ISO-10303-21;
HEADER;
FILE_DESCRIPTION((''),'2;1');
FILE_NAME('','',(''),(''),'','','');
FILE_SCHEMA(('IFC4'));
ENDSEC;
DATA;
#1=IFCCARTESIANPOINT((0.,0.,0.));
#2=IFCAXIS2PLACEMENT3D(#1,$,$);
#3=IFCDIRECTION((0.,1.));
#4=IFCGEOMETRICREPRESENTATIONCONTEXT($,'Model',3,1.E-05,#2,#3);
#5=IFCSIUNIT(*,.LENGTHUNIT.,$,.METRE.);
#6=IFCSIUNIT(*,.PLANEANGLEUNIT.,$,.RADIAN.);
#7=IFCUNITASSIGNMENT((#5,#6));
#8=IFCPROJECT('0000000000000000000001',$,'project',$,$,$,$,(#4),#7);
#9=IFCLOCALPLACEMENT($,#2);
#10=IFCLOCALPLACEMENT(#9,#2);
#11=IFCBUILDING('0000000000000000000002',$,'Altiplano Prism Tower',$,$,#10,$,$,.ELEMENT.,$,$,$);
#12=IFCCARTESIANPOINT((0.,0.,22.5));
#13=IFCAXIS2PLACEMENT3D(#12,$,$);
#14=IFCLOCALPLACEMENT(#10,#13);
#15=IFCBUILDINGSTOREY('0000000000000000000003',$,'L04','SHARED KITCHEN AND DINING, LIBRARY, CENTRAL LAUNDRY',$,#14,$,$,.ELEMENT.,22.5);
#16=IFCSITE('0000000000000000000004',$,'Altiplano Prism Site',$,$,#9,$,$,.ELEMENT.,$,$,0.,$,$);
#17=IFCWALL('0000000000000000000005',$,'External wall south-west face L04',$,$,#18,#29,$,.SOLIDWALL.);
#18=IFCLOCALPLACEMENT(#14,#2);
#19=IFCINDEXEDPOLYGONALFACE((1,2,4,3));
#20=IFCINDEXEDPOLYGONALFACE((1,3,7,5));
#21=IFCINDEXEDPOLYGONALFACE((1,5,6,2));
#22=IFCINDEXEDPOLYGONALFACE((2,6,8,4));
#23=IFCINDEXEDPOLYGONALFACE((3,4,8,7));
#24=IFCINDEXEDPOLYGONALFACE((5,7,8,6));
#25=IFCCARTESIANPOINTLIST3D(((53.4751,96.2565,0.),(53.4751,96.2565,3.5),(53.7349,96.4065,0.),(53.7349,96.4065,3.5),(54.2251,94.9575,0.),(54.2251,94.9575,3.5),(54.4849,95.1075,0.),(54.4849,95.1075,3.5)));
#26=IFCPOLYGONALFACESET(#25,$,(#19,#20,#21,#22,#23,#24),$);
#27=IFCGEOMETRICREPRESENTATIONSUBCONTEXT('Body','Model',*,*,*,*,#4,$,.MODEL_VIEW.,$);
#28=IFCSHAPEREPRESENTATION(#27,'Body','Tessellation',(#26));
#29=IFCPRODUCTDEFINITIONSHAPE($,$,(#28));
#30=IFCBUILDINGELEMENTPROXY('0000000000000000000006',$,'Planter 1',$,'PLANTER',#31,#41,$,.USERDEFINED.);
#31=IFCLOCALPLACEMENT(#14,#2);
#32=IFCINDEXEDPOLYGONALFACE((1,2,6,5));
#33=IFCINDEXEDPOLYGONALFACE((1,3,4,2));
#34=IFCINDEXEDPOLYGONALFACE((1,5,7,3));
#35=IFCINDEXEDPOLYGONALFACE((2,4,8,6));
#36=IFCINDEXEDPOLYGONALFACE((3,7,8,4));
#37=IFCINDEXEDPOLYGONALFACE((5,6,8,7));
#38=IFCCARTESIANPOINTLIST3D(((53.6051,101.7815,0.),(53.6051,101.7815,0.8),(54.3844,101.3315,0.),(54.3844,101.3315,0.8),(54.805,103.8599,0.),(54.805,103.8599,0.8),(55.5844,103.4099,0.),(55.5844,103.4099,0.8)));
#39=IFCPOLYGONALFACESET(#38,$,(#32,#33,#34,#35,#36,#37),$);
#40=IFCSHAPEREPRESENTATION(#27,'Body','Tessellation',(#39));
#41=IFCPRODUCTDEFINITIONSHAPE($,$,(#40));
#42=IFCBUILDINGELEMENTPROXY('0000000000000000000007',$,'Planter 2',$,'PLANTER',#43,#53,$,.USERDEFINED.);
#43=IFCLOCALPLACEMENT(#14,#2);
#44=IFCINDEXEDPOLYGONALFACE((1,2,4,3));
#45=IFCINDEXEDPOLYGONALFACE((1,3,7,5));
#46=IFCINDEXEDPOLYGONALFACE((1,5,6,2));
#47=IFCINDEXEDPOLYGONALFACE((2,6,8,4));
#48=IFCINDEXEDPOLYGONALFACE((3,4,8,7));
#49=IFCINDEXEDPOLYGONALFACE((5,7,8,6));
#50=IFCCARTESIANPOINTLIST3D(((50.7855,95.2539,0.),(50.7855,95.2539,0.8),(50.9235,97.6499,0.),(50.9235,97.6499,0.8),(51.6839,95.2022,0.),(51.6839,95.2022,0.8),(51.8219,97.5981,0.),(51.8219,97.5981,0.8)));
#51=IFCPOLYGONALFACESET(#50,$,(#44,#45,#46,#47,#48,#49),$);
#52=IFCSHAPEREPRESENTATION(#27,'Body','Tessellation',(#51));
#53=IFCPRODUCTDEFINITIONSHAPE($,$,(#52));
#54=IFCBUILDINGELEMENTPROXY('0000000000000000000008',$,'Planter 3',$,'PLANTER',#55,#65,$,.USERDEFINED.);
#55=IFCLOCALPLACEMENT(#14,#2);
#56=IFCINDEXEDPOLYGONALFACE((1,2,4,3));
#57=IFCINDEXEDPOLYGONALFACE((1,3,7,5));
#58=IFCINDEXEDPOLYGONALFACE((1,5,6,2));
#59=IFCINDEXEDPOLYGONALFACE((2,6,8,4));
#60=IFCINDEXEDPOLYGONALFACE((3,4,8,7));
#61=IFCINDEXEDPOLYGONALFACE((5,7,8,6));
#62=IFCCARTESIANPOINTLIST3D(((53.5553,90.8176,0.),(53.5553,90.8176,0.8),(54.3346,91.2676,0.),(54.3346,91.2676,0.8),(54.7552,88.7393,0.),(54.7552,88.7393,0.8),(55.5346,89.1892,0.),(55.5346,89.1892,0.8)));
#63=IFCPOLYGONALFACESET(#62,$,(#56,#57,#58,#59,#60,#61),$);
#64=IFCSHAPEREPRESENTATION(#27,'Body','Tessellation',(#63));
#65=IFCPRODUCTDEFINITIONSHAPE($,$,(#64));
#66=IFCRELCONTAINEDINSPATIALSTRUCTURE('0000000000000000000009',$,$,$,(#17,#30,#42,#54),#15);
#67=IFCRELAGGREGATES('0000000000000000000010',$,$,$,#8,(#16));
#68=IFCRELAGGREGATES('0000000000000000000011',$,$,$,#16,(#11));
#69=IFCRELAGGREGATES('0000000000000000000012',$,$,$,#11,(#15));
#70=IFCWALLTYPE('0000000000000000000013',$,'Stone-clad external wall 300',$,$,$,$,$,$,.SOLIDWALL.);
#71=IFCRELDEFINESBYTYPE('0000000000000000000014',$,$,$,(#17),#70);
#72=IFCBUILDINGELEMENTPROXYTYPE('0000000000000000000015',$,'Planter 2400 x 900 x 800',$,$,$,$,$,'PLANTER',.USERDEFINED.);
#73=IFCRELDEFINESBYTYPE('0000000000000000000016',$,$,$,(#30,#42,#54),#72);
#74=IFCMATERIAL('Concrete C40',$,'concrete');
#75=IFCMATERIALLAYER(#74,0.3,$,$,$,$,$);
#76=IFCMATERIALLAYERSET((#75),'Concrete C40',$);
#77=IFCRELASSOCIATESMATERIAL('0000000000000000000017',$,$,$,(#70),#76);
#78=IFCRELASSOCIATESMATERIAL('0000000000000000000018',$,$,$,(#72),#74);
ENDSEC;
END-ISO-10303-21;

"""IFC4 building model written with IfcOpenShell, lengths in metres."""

from ifc_helpers import new_model, si_unit, direction, frame, frame_2d, origin, origin_2d, place, context, subcontext, project, spatial, rectangle, extrude, material, layer, layer_set, type_object, element, save


model = new_model("IFC4")

# Units and contexts
model_context = context("Model", 3, precision=1e-05, world=origin(), true_north=direction((0.0, 1.0)))
body_context = subcontext(model_context, "Body", "Model", "MODEL_VIEW")
ifc_project = project(units=[si_unit("LENGTHUNIT", "METRE"), si_unit("PLANEANGLEUNIT", "RADIAN")], contexts=[model_context])

# Site, building, storey
site_placement = place(None, origin())
site = spatial("IfcSite", under=ifc_project, at=site_placement, Name="Altiplano Prism Site", CompositionType="ELEMENT", RefElevation=0.0)
building_placement = place(site_placement, origin())
building = spatial("IfcBuilding", under=site, at=building_placement, Name="Altiplano Prism Tower", CompositionType="ELEMENT")
storey_placement = place(building_placement, frame((0.0, 0.0, 22.5)))
storey = spatial("IfcBuildingStorey", under=building, at=storey_placement, Name="L04", Description="SHARED KITCHEN AND DINING, LIBRARY, CENTRAL LAUNDRY", CompositionType="ELEMENT", Elevation=22.5)

# Shared definitions
ifc_material_1 = material(Name="Concrete C40", Category="concrete")
ifc_layer_1 = layer(ifc_material_1, 0.3)
ifc_layer_set_1 = layer_set([ifc_layer_1], Name="Concrete C40")
wall_type_1 = type_object("IfcWallType", Name="Stone-clad external wall 300", PredefinedType="SOLIDWALL", material=ifc_layer_set_1)

# Wall
wall_1_placement = place(storey_placement, frame((54.355, 95.0325, 0.0), z_axis=(0.0, 0.0, 1.0), x_axis=(-0.49999, 0.866031, 0.0)))
element("IfcWall", 1, at=wall_1_placement, inside=storey, type_object=wall_type_1, Name="External wall south-west face L04", PredefinedType="SOLIDWALL", context=body_context, shape_type="SweptSolid", body=[
    extrude(rectangle(XDim=1.5, YDim=0.3, at=frame_2d((0.75, 0.0))), origin(), (0.0, 0.0, 1.0), 3.5),
])

# Building element proxies
building_element_proxy_type = type_object("IfcBuildingElementProxyType", Name="Planter 2400 x 900 x 800", ElementType="PLANTER", PredefinedType="USERDEFINED", material=ifc_material_1)
for number, where, z_axis, x_axis, name in (
    (2, (54.5947, 102.5957, 0.0), (0.0, 0.0, 1.0), (-0.5, -0.866025, 0.0), "Planter 1"),
    (3, (51.3037, 96.426, 0.0), (0.0, 0.0, 1.0), (-0.057488, -0.998346, 0.0), "Planter 2"),
    (4, (54.5449, 90.0034, 0.0), (0.0, 0.0, 1.0), (0.5, -0.866025, 0.0), "Planter 3"),
):
    element("IfcBuildingElementProxy", number, at=place(storey_placement, frame(where, z_axis=z_axis, x_axis=x_axis)), inside=storey, type_object=building_element_proxy_type, Name=name, ObjectType="PLANTER", PredefinedType="USERDEFINED", context=body_context, shape_type="SweptSolid", body=[
        extrude(rectangle(XDim=2.3999, YDim=0.8999, at=origin_2d()), origin(), (0.0, 0.0, 1.0), 0.8),
    ])

save(model, "model.ifc")
